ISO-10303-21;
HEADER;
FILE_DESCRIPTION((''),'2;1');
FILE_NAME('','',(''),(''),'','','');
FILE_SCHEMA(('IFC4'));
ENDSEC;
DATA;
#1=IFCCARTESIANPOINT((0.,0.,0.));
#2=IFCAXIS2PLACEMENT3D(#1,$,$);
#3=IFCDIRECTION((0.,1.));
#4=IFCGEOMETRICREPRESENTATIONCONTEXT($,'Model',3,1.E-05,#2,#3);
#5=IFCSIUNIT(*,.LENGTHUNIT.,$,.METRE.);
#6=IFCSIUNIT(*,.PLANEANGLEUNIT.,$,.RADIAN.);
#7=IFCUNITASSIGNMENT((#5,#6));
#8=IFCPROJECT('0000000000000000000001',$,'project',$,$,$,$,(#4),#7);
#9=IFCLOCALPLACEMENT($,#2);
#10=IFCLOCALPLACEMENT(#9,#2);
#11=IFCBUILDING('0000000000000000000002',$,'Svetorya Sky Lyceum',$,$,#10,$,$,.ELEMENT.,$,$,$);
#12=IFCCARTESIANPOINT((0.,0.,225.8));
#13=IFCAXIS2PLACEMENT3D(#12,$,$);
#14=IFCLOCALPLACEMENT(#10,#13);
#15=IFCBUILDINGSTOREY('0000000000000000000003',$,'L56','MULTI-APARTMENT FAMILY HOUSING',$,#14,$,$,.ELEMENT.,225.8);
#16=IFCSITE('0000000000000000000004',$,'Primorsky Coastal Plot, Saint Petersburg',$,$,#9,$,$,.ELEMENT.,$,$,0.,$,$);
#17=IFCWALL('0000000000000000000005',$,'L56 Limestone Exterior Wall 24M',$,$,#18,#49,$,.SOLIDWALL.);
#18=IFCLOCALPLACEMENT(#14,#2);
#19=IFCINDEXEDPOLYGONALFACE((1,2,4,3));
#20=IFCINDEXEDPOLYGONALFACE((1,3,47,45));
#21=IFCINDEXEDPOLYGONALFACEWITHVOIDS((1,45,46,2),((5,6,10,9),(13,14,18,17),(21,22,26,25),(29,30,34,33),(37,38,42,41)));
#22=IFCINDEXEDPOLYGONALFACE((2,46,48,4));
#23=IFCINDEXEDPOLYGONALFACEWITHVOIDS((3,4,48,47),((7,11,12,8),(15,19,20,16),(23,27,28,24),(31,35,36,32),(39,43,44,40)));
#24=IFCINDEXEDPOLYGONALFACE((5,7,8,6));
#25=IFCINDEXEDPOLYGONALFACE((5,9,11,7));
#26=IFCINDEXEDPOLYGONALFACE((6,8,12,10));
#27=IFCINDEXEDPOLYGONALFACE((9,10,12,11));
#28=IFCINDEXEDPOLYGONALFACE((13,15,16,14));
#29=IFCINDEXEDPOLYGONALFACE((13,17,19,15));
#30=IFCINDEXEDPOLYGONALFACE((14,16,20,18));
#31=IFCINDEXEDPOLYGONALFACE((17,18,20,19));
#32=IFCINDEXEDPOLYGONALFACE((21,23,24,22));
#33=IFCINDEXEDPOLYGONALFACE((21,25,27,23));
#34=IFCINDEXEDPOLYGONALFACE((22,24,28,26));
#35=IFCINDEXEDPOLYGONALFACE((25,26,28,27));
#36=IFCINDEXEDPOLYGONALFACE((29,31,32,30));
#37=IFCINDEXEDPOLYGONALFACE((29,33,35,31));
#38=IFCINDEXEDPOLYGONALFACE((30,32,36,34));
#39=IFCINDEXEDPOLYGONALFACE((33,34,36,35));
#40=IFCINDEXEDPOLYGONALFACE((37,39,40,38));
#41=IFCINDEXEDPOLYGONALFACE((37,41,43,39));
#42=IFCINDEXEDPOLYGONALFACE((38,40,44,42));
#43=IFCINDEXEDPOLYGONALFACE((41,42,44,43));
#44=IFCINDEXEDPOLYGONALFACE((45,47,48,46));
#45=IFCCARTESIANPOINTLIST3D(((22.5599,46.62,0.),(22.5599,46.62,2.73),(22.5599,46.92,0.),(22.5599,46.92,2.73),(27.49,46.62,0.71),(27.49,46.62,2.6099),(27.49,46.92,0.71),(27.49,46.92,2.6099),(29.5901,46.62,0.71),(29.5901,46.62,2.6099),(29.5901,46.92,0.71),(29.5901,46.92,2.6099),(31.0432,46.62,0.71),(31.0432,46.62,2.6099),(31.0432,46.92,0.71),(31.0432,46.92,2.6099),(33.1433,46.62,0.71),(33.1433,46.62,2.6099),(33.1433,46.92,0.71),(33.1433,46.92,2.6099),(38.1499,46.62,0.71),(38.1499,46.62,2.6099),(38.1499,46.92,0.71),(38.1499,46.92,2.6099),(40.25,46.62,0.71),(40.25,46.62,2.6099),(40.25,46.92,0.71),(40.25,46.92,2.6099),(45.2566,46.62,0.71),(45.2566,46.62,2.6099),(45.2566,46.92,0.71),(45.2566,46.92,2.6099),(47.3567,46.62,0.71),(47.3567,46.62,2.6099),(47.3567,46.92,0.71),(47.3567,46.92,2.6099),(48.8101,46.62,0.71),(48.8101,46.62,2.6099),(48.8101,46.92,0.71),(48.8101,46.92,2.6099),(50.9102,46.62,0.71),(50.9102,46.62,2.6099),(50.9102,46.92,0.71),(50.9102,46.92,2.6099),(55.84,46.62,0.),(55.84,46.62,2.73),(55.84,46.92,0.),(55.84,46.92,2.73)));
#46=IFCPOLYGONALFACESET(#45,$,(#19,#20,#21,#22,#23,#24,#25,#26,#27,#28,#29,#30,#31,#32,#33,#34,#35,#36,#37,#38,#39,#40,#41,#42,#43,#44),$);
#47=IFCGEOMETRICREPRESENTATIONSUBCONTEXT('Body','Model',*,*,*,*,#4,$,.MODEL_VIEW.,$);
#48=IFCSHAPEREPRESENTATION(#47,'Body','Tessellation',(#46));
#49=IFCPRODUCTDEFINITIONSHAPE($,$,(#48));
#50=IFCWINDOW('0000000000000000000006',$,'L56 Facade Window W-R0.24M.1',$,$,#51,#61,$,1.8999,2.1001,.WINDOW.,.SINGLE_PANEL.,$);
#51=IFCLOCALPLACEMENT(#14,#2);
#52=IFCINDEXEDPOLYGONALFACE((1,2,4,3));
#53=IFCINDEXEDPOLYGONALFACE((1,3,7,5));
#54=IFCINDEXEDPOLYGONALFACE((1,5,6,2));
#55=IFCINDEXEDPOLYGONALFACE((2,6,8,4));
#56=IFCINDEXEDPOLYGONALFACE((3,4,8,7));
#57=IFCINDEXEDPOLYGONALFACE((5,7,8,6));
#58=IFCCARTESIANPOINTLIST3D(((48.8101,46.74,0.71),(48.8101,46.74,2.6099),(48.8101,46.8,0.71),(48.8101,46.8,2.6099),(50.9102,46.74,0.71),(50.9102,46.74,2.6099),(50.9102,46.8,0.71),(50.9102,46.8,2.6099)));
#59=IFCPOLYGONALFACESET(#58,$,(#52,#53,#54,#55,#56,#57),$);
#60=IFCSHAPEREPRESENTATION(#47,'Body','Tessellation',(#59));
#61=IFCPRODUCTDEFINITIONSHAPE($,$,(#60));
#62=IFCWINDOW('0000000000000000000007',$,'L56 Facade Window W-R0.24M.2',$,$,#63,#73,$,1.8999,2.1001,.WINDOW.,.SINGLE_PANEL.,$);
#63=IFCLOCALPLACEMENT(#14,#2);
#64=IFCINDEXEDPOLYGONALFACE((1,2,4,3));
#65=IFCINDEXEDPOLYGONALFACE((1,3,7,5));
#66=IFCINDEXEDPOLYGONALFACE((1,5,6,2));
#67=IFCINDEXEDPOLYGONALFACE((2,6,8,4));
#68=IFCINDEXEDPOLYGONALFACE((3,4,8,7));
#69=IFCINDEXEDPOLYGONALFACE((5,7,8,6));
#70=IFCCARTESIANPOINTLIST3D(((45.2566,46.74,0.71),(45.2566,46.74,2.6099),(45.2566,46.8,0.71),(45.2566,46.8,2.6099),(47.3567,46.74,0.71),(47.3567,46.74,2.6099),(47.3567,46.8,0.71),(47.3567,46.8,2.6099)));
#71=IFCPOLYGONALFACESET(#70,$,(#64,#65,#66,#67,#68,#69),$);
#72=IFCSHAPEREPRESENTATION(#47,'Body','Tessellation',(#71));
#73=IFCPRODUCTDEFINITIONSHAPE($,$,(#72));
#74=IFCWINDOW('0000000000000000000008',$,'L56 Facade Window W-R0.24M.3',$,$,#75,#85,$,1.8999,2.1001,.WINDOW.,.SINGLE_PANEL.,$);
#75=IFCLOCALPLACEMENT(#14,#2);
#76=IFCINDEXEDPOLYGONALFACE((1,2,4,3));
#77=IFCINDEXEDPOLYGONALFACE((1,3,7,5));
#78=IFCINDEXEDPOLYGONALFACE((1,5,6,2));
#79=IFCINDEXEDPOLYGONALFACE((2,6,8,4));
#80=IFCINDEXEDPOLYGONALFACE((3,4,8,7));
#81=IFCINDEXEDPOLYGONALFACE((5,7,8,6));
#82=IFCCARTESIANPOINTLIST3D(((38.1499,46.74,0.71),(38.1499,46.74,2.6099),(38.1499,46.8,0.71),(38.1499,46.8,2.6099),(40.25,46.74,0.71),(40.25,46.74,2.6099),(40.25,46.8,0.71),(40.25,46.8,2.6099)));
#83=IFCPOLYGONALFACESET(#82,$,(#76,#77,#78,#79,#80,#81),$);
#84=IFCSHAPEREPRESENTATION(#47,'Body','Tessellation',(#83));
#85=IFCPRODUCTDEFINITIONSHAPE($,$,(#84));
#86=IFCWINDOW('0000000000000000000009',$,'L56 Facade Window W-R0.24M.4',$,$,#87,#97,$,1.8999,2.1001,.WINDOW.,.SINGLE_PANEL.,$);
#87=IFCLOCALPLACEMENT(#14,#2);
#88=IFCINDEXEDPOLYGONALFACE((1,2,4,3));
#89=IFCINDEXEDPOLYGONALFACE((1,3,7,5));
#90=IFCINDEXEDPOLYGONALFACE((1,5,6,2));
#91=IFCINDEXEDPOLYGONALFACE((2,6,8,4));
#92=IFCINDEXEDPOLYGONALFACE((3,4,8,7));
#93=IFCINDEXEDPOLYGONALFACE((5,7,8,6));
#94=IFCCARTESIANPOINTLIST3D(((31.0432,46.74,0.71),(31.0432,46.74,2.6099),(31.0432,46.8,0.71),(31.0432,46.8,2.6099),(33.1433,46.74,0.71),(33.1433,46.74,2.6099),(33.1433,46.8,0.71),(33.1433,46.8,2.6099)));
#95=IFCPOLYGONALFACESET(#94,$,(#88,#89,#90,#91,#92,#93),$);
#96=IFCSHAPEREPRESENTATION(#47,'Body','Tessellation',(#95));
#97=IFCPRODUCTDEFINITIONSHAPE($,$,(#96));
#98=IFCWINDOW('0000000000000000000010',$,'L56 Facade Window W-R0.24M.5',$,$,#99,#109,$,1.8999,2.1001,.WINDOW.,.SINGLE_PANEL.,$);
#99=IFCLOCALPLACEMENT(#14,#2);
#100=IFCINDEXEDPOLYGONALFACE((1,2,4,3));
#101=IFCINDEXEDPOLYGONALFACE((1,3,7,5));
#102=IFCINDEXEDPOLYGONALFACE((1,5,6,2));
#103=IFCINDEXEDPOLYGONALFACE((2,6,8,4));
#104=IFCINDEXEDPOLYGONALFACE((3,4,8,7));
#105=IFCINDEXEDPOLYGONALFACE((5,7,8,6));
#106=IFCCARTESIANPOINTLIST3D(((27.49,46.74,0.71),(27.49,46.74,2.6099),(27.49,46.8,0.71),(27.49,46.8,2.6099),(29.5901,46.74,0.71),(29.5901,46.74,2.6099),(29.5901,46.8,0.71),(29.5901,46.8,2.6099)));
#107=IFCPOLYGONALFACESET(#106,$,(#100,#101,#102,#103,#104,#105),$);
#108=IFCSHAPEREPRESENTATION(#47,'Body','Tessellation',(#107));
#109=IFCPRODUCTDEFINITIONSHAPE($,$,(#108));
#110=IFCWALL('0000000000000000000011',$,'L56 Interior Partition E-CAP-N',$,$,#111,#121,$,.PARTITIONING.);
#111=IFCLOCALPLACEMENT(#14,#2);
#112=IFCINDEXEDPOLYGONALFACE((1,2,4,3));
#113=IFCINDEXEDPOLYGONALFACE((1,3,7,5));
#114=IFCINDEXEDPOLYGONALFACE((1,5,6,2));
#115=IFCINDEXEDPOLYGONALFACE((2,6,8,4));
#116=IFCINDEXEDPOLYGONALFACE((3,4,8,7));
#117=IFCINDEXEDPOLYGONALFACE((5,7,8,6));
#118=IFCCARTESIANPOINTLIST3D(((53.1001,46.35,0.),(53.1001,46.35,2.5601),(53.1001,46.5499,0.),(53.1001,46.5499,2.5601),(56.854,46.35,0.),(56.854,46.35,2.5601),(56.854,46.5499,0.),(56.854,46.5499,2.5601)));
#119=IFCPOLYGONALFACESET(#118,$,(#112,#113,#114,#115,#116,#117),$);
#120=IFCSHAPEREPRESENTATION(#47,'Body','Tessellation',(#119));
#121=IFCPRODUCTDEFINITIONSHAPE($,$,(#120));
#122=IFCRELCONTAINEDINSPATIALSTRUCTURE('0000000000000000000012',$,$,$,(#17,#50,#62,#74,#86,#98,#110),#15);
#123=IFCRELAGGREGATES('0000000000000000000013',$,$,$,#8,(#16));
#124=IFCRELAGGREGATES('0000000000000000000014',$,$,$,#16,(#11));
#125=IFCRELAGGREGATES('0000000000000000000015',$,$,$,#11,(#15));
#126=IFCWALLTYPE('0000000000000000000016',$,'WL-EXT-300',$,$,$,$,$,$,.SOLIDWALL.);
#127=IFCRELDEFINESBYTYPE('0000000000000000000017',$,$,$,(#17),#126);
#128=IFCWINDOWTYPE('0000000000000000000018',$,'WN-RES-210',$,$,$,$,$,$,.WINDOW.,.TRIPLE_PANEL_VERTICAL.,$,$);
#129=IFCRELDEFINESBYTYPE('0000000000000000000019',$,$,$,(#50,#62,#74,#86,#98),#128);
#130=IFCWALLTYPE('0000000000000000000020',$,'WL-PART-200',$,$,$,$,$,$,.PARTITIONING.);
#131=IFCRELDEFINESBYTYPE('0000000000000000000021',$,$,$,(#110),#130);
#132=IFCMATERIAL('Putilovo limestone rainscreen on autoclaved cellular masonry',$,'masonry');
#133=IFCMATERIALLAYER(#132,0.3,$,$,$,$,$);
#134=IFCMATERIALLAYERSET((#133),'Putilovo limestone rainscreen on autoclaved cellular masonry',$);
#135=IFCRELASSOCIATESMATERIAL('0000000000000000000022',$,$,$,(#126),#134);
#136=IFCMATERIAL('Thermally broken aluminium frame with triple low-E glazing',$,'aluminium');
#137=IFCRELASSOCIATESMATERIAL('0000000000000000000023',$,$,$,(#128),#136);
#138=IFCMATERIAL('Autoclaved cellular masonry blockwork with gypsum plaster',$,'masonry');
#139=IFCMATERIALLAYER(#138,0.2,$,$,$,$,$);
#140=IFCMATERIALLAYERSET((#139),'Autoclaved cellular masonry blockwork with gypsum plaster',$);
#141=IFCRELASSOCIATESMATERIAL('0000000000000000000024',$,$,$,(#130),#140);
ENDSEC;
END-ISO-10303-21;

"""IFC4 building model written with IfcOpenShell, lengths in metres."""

from ifc_helpers import new_model, si_unit, direction, frame, frame_2d, origin, place, context, subcontext, project, spatial, rectangle, extrude, material, layer, layer_set, type_object, element, fill, save


model = new_model("IFC4")

# Units and contexts
model_context = context("Model", 3, precision=1e-05, world=origin(), true_north=direction((0.0, 1.0)))
body_context = subcontext(model_context, "Body", "Model", "MODEL_VIEW")
ifc_project = project(units=[si_unit("LENGTHUNIT", "METRE"), si_unit("PLANEANGLEUNIT", "RADIAN")], contexts=[model_context])

# Site, building, storey
site_placement = place(None, origin())
site = spatial("IfcSite", under=ifc_project, at=site_placement, Name="Primorsky Coastal Plot, Saint Petersburg", CompositionType="ELEMENT", RefElevation=0.0)
building_placement = place(site_placement, origin())
building = spatial("IfcBuilding", under=site, at=building_placement, Name="Svetorya Sky Lyceum", CompositionType="ELEMENT")
storey_placement = place(building_placement, frame((0.0, 0.0, 225.8)))
storey = spatial("IfcBuildingStorey", under=building, at=storey_placement, Name="L56", Description="MULTI-APARTMENT FAMILY HOUSING", CompositionType="ELEMENT", Elevation=225.8)

# Shared definitions
ifc_material_1 = material(Name="Putilovo limestone rainscreen on autoclaved cellular masonry", Category="masonry")
ifc_layer_1 = layer(ifc_material_1, 0.3)
ifc_layer_set_1 = layer_set([ifc_layer_1], Name="Putilovo limestone rainscreen on autoclaved cellular masonry")
wall_type_1 = type_object("IfcWallType", Name="WL-EXT-300", PredefinedType="SOLIDWALL", material=ifc_layer_set_1)

# Wall, openings, windows
wall_1_placement = place(storey_placement, frame((55.8401, 46.77, 0.0), z_axis=(0.0, 0.0, 1.0), x_axis=(-1.0, 0.0, 0.0)))
wall_1 = element("IfcWall", 1, at=wall_1_placement, inside=storey, type_object=wall_type_1, Name="L56 Limestone Exterior Wall 24M", PredefinedType="SOLIDWALL", context=body_context, shape_type="SweptSolid", body=[
    extrude(rectangle(XDim=33.28, YDim=0.3, at=frame_2d((16.6401, 0.0))), origin(), (0.0, 0.0, 1.0), 2.73),
])
opening_1_placement = place(wall_1_placement, frame((4.9299, 0.0, 0.71)))
opening_1 = element("IfcOpeningElement", 2, at=opening_1_placement, cuts=wall_1, PredefinedType="OPENING", context=body_context, shape_type="SweptSolid", body=[
    extrude(rectangle(XDim=2.1001, YDim=1.8999, at=frame_2d((1.05, 0.95))), frame((0.0, 0.1599, 0.0), z_axis=(0.0, -1.0, 0.0), x_axis=(1.0, 0.0, 0.0)), (0.0, 0.0, 1.0), 0.3201),
])
opening_2_placement = place(wall_1_placement, frame((8.4834, 0.0, 0.71)))
opening_2 = element("IfcOpeningElement", 3, at=opening_2_placement, cuts=wall_1, PredefinedType="OPENING", context=body_context, shape_type="SweptSolid", body=[
    extrude(rectangle(XDim=2.1001, YDim=1.8999, at=frame_2d((1.05, 0.95))), frame((0.0, 0.1599, 0.0), z_axis=(0.0, -1.0, 0.0), x_axis=(1.0, 0.0, 0.0)), (0.0, 0.0, 1.0), 0.3201),
])
opening_3_placement = place(wall_1_placement, frame((15.5901, 0.0, 0.71)))
opening_3 = element("IfcOpeningElement", 4, at=opening_3_placement, cuts=wall_1, PredefinedType="OPENING", context=body_context, shape_type="SweptSolid", body=[
    extrude(rectangle(XDim=2.1001, YDim=1.8999, at=frame_2d((1.05, 0.95))), frame((0.0, 0.1599, 0.0), z_axis=(0.0, -1.0, 0.0), x_axis=(1.0, 0.0, 0.0)), (0.0, 0.0, 1.0), 0.3201),
])
opening_4_placement = place(wall_1_placement, frame((22.6968, 0.0, 0.71)))
opening_4 = element("IfcOpeningElement", 5, at=opening_4_placement, cuts=wall_1, PredefinedType="OPENING", context=body_context, shape_type="SweptSolid", body=[
    extrude(rectangle(XDim=2.1001, YDim=1.8999, at=frame_2d((1.05, 0.95))), frame((0.0, 0.1599, 0.0), z_axis=(0.0, -1.0, 0.0), x_axis=(1.0, 0.0, 0.0)), (0.0, 0.0, 1.0), 0.3201),
])
opening_5_placement = place(wall_1_placement, frame((26.25, 0.0, 0.71)))
opening_5 = element("IfcOpeningElement", 6, at=opening_5_placement, cuts=wall_1, PredefinedType="OPENING", context=body_context, shape_type="SweptSolid", body=[
    extrude(rectangle(XDim=2.1001, YDim=1.8999, at=frame_2d((1.05, 0.95))), frame((0.0, 0.1599, 0.0), z_axis=(0.0, -1.0, 0.0), x_axis=(1.0, 0.0, 0.0)), (0.0, 0.0, 1.0), 0.3201),
])
ifc_material_2 = material(Name="Thermally broken aluminium frame with triple low-E glazing", Category="aluminium")
window_type = type_object("IfcWindowType", Name="WN-RES-210", PartitioningType="TRIPLE_PANEL_VERTICAL", PredefinedType="WINDOW", material=ifc_material_2)
window_1_placement = place(opening_1_placement, origin())
window_1 = element("IfcWindow", 7, at=window_1_placement, inside=storey, type_object=window_type, Name="L56 Facade Window W-R0.24M.1", OverallHeight=1.8999, OverallWidth=2.1001, PartitioningType="SINGLE_PANEL", PredefinedType="WINDOW", context=body_context, shape_type="SweptSolid", body=[
    extrude(rectangle(XDim=2.1001, YDim=1.8999, at=frame_2d((1.05, 0.95))), frame((0.0, 0.03, 0.0), z_axis=(0.0, -1.0, 0.0), x_axis=(1.0, 0.0, 0.0)), (0.0, 0.0, 1.0), 0.0601),
])
fill(opening_1, window_1)
window_2_placement = place(opening_2_placement, origin())
window_2 = element("IfcWindow", 8, at=window_2_placement, inside=storey, type_object=window_type, Name="L56 Facade Window W-R0.24M.2", OverallHeight=1.8999, OverallWidth=2.1001, PartitioningType="SINGLE_PANEL", PredefinedType="WINDOW", context=body_context, shape_type="SweptSolid", body=[
    extrude(rectangle(XDim=2.1001, YDim=1.8999, at=frame_2d((1.05, 0.95))), frame((0.0, 0.03, 0.0), z_axis=(0.0, -1.0, 0.0), x_axis=(1.0, 0.0, 0.0)), (0.0, 0.0, 1.0), 0.0601),
])
fill(opening_2, window_2)
window_3_placement = place(opening_3_placement, origin())
window_3 = element("IfcWindow", 9, at=window_3_placement, inside=storey, type_object=window_type, Name="L56 Facade Window W-R0.24M.3", OverallHeight=1.8999, OverallWidth=2.1001, PartitioningType="SINGLE_PANEL", PredefinedType="WINDOW", context=body_context, shape_type="SweptSolid", body=[
    extrude(rectangle(XDim=2.1001, YDim=1.8999, at=frame_2d((1.05, 0.95))), frame((0.0, 0.03, 0.0), z_axis=(0.0, -1.0, 0.0), x_axis=(1.0, 0.0, 0.0)), (0.0, 0.0, 1.0), 0.0601),
])
fill(opening_3, window_3)
window_4_placement = place(opening_4_placement, origin())
window_4 = element("IfcWindow", 10, at=window_4_placement, inside=storey, type_object=window_type, Name="L56 Facade Window W-R0.24M.4", OverallHeight=1.8999, OverallWidth=2.1001, PartitioningType="SINGLE_PANEL", PredefinedType="WINDOW", context=body_context, shape_type="SweptSolid", body=[
    extrude(rectangle(XDim=2.1001, YDim=1.8999, at=frame_2d((1.05, 0.95))), frame((0.0, 0.03, 0.0), z_axis=(0.0, -1.0, 0.0), x_axis=(1.0, 0.0, 0.0)), (0.0, 0.0, 1.0), 0.0601),
])
fill(opening_4, window_4)
window_5_placement = place(opening_5_placement, origin())
window_5 = element("IfcWindow", 11, at=window_5_placement, inside=storey, type_object=window_type, Name="L56 Facade Window W-R0.24M.5", OverallHeight=1.8999, OverallWidth=2.1001, PartitioningType="SINGLE_PANEL", PredefinedType="WINDOW", context=body_context, shape_type="SweptSolid", body=[
    extrude(rectangle(XDim=2.1001, YDim=1.8999, at=frame_2d((1.05, 0.95))), frame((0.0, 0.03, 0.0), z_axis=(0.0, -1.0, 0.0), x_axis=(1.0, 0.0, 0.0)), (0.0, 0.0, 1.0), 0.0601),
])
fill(opening_5, window_5)

# Wall
ifc_material_3 = material(Name="Autoclaved cellular masonry blockwork with gypsum plaster", Category="masonry")
ifc_layer_2 = layer(ifc_material_3, 0.2)
ifc_layer_set_2 = layer_set([ifc_layer_2], Name="Autoclaved cellular masonry blockwork with gypsum plaster")
wall_type_2 = type_object("IfcWallType", Name="WL-PART-200", PredefinedType="PARTITIONING", material=ifc_layer_set_2)
wall_2_placement = place(storey_placement, frame((53.1001, 46.45, 0.0), z_axis=(0.0, 0.0, 1.0), x_axis=(1.0, 0.0, 0.0)))
element("IfcWall", 12, at=wall_2_placement, inside=storey, type_object=wall_type_2, Name="L56 Interior Partition E-CAP-N", PredefinedType="PARTITIONING", context=body_context, shape_type="SweptSolid", body=[
    extrude(rectangle(XDim=3.7539, YDim=0.2, at=frame_2d((1.877, 0.0))), origin(), (0.0, 0.0, 1.0), 2.5601),
])

save(model, "model.ifc")
